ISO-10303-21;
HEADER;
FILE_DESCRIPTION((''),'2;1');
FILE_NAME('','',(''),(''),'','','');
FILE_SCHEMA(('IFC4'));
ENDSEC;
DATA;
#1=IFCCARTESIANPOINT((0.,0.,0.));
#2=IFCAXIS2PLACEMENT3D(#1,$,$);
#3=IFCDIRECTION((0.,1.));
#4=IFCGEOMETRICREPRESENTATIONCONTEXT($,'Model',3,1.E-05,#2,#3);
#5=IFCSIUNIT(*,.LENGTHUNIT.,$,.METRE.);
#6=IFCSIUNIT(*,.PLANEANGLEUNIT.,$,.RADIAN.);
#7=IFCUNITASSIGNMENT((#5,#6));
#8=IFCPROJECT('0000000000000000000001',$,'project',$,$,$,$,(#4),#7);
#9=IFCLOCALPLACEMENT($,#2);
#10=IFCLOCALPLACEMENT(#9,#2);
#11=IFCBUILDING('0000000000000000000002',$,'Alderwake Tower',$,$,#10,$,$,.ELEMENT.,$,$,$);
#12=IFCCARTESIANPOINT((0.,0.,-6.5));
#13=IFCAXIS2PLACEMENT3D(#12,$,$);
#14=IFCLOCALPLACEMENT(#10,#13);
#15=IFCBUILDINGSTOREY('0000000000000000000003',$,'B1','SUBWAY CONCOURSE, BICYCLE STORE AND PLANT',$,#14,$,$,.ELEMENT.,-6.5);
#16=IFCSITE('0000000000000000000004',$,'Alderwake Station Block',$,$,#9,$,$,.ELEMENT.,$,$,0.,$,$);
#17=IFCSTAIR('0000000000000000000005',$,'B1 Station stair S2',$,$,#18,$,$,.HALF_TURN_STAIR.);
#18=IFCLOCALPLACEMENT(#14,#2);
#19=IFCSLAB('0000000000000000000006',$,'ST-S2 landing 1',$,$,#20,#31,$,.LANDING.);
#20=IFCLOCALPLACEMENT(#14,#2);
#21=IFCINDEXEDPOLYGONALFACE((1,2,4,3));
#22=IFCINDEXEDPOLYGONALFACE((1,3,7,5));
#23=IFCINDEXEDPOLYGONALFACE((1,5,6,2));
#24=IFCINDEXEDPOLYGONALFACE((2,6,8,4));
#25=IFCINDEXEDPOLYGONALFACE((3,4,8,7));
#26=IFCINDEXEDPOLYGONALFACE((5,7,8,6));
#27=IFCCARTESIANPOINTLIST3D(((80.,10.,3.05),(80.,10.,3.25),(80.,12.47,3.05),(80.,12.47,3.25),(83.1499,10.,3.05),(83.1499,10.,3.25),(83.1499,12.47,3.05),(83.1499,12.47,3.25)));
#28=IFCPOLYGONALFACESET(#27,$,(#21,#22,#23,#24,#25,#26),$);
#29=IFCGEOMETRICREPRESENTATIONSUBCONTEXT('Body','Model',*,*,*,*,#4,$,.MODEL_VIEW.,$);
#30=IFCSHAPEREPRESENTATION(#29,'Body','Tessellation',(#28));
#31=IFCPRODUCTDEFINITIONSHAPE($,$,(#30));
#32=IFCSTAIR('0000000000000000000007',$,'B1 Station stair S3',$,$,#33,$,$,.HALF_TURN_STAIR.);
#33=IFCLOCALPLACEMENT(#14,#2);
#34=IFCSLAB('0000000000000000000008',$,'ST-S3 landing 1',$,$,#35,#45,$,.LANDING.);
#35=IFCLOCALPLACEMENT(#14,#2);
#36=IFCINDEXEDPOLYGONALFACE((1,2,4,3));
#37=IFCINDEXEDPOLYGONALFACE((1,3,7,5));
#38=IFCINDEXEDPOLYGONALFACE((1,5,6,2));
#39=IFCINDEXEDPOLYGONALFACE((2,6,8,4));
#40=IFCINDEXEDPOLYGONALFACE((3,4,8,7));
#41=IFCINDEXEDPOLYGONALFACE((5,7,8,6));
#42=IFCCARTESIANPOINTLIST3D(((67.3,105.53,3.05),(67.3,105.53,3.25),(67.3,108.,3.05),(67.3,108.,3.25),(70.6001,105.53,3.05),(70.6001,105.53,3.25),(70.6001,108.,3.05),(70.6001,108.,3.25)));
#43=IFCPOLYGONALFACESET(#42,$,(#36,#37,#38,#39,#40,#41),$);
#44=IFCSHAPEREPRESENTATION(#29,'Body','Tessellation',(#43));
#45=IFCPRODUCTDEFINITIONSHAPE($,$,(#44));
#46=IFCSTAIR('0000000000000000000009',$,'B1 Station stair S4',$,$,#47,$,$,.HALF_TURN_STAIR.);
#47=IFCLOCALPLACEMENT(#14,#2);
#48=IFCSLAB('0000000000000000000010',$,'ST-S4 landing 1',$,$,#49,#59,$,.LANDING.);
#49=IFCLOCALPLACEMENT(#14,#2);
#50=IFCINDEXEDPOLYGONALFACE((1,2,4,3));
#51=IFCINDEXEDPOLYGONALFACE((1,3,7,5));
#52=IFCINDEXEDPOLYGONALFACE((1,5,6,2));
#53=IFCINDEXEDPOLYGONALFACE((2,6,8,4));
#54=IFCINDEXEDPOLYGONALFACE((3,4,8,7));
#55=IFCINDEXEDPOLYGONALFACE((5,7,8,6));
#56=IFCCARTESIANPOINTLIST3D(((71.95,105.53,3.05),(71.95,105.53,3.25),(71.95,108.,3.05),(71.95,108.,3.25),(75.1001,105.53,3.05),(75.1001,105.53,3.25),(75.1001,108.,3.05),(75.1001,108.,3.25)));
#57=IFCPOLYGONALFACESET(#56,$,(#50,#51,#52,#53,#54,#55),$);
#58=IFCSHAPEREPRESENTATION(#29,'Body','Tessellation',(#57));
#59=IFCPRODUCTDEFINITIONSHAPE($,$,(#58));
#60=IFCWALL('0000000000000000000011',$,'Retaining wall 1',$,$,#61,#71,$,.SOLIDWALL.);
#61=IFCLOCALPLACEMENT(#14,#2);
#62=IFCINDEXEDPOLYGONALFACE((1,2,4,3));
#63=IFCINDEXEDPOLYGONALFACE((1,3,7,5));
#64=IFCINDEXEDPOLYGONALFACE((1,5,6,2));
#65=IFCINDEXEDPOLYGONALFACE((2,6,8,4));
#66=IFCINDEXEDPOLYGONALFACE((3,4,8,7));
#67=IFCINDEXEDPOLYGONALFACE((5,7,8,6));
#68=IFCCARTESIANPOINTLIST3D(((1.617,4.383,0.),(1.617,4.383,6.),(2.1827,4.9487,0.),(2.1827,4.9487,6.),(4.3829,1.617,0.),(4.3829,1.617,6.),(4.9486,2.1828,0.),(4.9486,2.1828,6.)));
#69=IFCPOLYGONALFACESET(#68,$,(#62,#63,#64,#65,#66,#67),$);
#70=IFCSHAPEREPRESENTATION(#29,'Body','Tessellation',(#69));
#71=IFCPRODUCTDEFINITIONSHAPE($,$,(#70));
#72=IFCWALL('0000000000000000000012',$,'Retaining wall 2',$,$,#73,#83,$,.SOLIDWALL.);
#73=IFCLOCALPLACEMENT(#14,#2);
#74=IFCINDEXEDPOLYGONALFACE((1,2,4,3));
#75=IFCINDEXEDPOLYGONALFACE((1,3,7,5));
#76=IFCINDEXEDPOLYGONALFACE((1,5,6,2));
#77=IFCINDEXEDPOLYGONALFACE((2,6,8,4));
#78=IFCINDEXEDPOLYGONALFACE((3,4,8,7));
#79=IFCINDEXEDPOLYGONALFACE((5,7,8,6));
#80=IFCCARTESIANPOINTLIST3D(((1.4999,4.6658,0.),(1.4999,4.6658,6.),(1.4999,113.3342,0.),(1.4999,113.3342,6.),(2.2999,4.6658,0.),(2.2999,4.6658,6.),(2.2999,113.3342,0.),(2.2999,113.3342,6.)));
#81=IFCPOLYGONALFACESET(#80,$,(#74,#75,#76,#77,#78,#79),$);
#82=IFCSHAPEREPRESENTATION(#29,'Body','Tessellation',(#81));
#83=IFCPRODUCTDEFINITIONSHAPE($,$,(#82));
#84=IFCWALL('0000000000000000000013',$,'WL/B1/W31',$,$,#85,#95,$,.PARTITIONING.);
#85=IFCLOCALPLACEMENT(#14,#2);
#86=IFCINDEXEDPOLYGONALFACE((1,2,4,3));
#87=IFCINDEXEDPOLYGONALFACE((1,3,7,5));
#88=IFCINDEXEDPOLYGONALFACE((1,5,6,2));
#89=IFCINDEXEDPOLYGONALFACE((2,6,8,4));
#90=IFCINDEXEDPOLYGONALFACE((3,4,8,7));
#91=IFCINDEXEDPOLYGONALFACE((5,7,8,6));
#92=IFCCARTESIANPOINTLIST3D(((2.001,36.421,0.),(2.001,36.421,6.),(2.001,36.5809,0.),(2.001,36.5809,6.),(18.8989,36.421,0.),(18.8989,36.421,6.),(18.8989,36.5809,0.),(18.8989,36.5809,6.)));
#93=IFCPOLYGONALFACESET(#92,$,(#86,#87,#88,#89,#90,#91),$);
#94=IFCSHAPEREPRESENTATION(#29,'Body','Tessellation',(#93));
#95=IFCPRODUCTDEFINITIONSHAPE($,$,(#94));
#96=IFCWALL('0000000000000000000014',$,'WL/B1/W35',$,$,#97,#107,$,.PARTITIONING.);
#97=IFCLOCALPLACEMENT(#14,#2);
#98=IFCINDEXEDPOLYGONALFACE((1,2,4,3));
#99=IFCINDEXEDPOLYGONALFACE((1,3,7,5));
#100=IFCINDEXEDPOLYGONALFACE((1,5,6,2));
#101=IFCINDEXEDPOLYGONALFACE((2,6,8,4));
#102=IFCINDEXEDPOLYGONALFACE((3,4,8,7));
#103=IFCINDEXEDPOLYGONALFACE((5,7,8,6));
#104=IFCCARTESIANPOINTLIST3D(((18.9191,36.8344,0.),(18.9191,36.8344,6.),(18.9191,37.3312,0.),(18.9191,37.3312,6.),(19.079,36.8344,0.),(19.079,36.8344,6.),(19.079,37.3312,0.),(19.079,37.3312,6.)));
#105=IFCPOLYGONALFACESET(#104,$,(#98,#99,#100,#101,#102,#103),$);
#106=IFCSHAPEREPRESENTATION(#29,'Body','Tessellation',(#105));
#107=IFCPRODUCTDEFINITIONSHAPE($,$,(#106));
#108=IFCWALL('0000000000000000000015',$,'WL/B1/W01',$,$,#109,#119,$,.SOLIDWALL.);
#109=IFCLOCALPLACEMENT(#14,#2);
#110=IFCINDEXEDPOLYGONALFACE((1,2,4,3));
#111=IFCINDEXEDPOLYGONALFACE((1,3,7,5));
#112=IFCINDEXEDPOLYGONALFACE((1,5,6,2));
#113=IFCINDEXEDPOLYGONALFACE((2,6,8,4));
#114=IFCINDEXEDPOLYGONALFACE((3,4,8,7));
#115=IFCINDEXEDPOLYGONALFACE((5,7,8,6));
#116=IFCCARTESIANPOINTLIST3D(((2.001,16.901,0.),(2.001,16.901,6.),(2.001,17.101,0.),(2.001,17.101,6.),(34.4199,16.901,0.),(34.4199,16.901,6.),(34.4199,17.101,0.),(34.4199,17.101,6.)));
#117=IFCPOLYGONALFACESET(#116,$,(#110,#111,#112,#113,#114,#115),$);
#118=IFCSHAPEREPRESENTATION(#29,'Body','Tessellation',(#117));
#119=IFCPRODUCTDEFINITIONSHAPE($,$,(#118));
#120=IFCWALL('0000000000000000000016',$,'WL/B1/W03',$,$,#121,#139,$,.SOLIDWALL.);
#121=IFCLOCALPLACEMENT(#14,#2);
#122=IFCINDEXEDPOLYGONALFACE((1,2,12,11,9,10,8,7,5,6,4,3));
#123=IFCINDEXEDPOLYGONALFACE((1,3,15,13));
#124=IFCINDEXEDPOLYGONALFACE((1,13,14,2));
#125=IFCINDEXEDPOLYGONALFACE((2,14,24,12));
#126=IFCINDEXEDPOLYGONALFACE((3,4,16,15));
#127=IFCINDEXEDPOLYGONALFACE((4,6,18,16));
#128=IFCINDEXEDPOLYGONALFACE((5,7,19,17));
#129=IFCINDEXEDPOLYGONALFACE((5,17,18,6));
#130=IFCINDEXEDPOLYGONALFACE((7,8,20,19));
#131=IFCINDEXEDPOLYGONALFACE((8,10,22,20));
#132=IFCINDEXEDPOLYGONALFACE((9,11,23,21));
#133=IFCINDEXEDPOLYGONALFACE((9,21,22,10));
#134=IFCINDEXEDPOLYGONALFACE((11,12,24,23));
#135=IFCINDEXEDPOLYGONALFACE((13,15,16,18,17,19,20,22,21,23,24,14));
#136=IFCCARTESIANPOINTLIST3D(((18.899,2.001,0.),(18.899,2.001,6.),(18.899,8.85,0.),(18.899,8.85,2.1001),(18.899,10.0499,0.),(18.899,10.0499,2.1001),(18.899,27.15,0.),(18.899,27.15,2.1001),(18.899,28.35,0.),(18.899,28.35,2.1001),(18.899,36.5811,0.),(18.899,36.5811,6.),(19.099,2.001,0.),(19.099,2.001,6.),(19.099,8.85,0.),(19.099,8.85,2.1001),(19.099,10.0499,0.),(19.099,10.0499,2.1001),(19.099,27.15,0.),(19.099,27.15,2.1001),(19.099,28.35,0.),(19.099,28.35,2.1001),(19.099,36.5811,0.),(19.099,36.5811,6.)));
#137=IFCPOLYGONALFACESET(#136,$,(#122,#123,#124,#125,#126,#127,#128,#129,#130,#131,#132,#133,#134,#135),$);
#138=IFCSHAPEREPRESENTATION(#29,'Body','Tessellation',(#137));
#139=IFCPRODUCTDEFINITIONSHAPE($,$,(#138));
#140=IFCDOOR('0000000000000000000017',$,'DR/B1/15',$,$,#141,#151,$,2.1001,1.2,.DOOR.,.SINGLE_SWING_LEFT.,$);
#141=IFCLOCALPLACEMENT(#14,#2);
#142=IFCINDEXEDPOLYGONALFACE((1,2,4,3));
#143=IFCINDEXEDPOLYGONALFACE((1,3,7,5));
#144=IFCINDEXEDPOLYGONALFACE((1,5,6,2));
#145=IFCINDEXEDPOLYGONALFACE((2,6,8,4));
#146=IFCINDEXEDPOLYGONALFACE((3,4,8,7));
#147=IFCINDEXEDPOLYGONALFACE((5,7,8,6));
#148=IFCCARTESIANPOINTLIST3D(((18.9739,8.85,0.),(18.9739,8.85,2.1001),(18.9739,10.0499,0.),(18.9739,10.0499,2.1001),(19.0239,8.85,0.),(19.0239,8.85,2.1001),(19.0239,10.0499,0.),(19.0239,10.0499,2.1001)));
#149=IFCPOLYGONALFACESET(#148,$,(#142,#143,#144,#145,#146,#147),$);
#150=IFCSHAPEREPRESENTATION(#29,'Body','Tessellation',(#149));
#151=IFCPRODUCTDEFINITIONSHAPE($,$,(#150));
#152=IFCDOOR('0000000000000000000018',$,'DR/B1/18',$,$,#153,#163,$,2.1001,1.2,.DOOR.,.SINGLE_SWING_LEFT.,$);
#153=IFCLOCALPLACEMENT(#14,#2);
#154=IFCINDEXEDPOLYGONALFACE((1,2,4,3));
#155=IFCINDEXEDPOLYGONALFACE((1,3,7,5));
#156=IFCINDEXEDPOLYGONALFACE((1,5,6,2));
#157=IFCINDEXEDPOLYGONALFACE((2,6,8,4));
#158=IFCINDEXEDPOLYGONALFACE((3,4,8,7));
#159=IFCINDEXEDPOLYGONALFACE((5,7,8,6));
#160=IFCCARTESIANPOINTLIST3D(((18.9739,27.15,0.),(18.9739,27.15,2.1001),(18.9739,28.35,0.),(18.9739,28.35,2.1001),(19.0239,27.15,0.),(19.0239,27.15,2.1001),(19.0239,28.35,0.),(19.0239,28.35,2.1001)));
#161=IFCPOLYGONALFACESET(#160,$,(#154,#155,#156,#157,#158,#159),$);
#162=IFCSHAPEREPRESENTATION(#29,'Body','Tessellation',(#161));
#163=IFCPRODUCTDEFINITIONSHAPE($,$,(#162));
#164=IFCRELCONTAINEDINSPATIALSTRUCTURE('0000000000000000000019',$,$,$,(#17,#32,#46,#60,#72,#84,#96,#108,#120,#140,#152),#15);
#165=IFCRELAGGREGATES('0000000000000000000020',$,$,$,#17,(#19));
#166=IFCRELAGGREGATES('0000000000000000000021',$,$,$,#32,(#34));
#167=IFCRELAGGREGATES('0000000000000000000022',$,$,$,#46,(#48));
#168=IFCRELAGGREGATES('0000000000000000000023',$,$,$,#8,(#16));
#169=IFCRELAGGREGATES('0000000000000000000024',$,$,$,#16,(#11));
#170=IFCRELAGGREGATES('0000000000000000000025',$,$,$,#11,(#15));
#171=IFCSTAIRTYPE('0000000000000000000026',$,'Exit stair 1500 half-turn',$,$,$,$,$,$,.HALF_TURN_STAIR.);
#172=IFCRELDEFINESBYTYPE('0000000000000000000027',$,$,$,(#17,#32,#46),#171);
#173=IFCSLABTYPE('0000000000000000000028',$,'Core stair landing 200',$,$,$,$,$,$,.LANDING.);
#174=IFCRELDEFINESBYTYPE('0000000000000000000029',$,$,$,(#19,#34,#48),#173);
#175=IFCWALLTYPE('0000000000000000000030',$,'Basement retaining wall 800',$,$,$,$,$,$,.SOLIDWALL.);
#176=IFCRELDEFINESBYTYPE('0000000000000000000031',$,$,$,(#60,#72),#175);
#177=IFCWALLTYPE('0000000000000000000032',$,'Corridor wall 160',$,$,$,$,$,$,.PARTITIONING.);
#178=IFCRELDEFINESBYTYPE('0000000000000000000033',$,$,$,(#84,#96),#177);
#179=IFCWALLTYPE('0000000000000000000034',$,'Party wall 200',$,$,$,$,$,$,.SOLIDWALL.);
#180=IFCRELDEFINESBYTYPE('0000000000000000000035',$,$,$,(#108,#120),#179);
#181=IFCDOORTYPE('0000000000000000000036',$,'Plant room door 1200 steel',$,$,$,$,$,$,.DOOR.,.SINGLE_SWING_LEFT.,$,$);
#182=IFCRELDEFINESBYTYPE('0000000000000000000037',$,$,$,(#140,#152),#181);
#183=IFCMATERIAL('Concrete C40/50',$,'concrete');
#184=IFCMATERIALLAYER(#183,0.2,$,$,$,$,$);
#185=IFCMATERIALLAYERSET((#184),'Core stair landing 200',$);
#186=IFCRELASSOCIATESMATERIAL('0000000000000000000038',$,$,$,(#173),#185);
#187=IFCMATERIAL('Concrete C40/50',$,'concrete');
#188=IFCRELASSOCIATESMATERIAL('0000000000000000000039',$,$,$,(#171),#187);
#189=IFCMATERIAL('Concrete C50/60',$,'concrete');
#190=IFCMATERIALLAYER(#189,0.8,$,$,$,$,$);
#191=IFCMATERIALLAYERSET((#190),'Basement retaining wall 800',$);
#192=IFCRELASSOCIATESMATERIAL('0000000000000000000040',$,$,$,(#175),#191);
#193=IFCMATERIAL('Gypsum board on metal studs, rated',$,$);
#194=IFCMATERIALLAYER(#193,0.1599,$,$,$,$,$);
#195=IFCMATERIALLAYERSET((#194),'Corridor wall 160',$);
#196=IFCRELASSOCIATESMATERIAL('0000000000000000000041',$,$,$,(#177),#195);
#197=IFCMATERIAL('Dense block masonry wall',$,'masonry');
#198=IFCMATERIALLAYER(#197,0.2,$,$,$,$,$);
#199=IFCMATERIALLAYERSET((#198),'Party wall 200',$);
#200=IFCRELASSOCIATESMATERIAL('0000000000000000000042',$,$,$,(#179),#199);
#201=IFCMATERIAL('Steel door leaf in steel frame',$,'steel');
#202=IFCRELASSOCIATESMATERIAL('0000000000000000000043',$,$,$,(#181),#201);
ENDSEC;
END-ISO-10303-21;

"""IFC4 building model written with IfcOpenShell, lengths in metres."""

from ifc_helpers import new_model, si_unit, direction, frame, frame_2d, origin, place, context, subcontext, project, spatial, polyline, rectangle, outline, extrude, material, layer, layer_set, type_object, element, fill, aggregate, save


model = new_model("IFC4")

# Units and contexts
model_context = context("Model", 3, precision=1e-05, world=origin(), true_north=direction((0.0, 1.0)))
body_context = subcontext(model_context, "Body", "Model", "MODEL_VIEW")
ifc_project = project(units=[si_unit("LENGTHUNIT", "METRE"), si_unit("PLANEANGLEUNIT", "RADIAN")], contexts=[model_context])

# Site, building, storey
site_placement = place(None, origin())
site = spatial("IfcSite", under=ifc_project, at=site_placement, Name="Alderwake Station Block", CompositionType="ELEMENT", RefElevation=0.0)
building_placement = place(site_placement, origin())
building = spatial("IfcBuilding", under=site, at=building_placement, Name="Alderwake Tower", CompositionType="ELEMENT")
storey_placement = place(building_placement, frame((0.0, 0.0, -6.5)))
storey = spatial("IfcBuildingStorey", under=building, at=storey_placement, Name="B1", Description="SUBWAY CONCOURSE, BICYCLE STORE AND PLANT", CompositionType="ELEMENT", Elevation=-6.5)

# Stairs, slabs
ifc_material_1 = material(Name="Concrete C40/50", Category="concrete")
ifc_layer_1 = layer(ifc_material_1, 0.2)
ifc_layer_set_1 = layer_set([ifc_layer_1], Name="Core stair landing 200")
slab_type_1 = type_object("IfcSlabType", Name="Core stair landing 200", PredefinedType="LANDING", material=ifc_layer_set_1)
ifc_material_2 = material(Name="Concrete C40/50", Category="concrete")
stair_type_1 = type_object("IfcStairType", Name="Exit stair 1500 half-turn", PredefinedType="HALF_TURN_STAIR", material=ifc_material_2)
stair_1_placement = place(storey_placement, origin())
stair_1 = element("IfcStair", 1, at=stair_1_placement, inside=storey, type_object=stair_type_1, Name="B1 Station stair S2", PredefinedType="HALF_TURN_STAIR")
slab_1_placement = place(storey_placement, frame((0.0, 0.0, 3.05)))
slab_1 = element("IfcSlab", 2, at=slab_1_placement, type_object=slab_type_1, Name="ST-S2 landing 1", PredefinedType="LANDING", context=body_context, shape_type="SweptSolid", body=[
    extrude(outline(polyline([(80.0, 12.47), (80.0, 10.0), (83.1499, 10.0), (83.1499, 12.47), (80.0, 12.47)])), origin(), (0.0, 0.0, 1.0), 0.2),
])
aggregate(stair_1, [slab_1])
stair_2_placement = place(storey_placement, origin())
stair_2 = element("IfcStair", 3, at=stair_2_placement, inside=storey, type_object=stair_type_1, Name="B1 Station stair S3", PredefinedType="HALF_TURN_STAIR")
slab_2_placement = place(storey_placement, frame((0.0, 0.0, 3.05)))
slab_2 = element("IfcSlab", 4, at=slab_2_placement, type_object=slab_type_1, Name="ST-S3 landing 1", PredefinedType="LANDING", context=body_context, shape_type="SweptSolid", body=[
    extrude(outline(polyline([(70.6001, 105.53), (70.6001, 108.0), (67.3, 108.0), (67.3, 105.53), (70.6001, 105.53)])), origin(), (0.0, 0.0, 1.0), 0.2),
])
aggregate(stair_2, [slab_2])
stair_3_placement = place(storey_placement, origin())
stair_3 = element("IfcStair", 5, at=stair_3_placement, inside=storey, type_object=stair_type_1, Name="B1 Station stair S4", PredefinedType="HALF_TURN_STAIR")
slab_3_placement = place(storey_placement, frame((0.0, 0.0, 3.05)))
slab_3 = element("IfcSlab", 6, at=slab_3_placement, type_object=slab_type_1, Name="ST-S4 landing 1", PredefinedType="LANDING", context=body_context, shape_type="SweptSolid", body=[
    extrude(outline(polyline([(75.1001, 105.53), (75.1001, 108.0), (71.95, 108.0), (71.95, 105.53), (75.1001, 105.53)])), origin(), (0.0, 0.0, 1.0), 0.2),
])
aggregate(stair_3, [slab_3])

# Walls
ifc_material_3 = material(Name="Concrete C50/60", Category="concrete")
ifc_layer_2 = layer(ifc_material_3, 0.8)
ifc_layer_set_2 = layer_set([ifc_layer_2], Name="Basement retaining wall 800")
wall_type_1 = type_object("IfcWallType", Name="Basement retaining wall 800", PredefinedType="SOLIDWALL", material=ifc_layer_set_2)
wall_1_placement = place(storey_placement, frame((4.6658, 1.8999, 0.0), z_axis=(0.0, 0.0, 1.0), x_axis=(-0.707107, 0.707107, 0.0)))
element("IfcWall", 7, at=wall_1_placement, inside=storey, type_object=wall_type_1, Name="Retaining wall 1", PredefinedType="SOLIDWALL", context=body_context, shape_type="SweptSolid", body=[
    extrude(rectangle(XDim=3.9116, YDim=0.8, at=frame_2d((1.9558, 0.0))), origin(), (0.0, 0.0, 1.0), 6.0),
])
wall_2_placement = place(storey_placement, frame((1.8999, 4.6658, 0.0), z_axis=(0.0, 0.0, 1.0), x_axis=(0.0, 1.0, 0.0)))
element("IfcWall", 8, at=wall_2_placement, inside=storey, type_object=wall_type_1, Name="Retaining wall 2", PredefinedType="SOLIDWALL", context=body_context, shape_type="SweptSolid", body=[
    extrude(rectangle(XDim=108.6685, YDim=0.8, at=frame_2d((54.3342, 0.0))), origin(), (0.0, 0.0, 1.0), 6.0),
])
ifc_material_4 = material(Name="Gypsum board on metal studs, rated")
ifc_layer_3 = layer(ifc_material_4, 0.1599)
ifc_layer_set_3 = layer_set([ifc_layer_3], Name="Corridor wall 160")
wall_type_2 = type_object("IfcWallType", Name="Corridor wall 160", PredefinedType="PARTITIONING", material=ifc_layer_set_3)
wall_3_placement = place(storey_placement, frame((2.001, 36.501, 0.0), z_axis=(0.0, 0.0, 1.0), x_axis=(1.0, 0.0, 0.0)))
element("IfcWall", 9, at=wall_3_placement, inside=storey, type_object=wall_type_2, Name="WL/B1/W31", PredefinedType="PARTITIONING", context=body_context, shape_type="SweptSolid", body=[
    extrude(rectangle(XDim=16.8979, YDim=0.1599, at=frame_2d((8.449, 0.0))), origin(), (0.0, 0.0, 1.0), 6.0),
])
wall_4_placement = place(storey_placement, frame((18.999, 36.8342, 0.0), z_axis=(0.0, 0.0, 1.0), x_axis=(0.0, 1.0, 0.0)))
element("IfcWall", 10, at=wall_4_placement, inside=storey, type_object=wall_type_2, Name="WL/B1/W35", PredefinedType="PARTITIONING", context=body_context, shape_type="SweptSolid", body=[
    extrude(rectangle(XDim=0.4968, YDim=0.1599, at=frame_2d((0.2485, 0.0))), origin(), (0.0, 0.0, 1.0), 6.0),
])
ifc_material_5 = material(Name="Dense block masonry wall", Category="masonry")
ifc_layer_4 = layer(ifc_material_5, 0.2)
ifc_layer_set_4 = layer_set([ifc_layer_4], Name="Party wall 200")
wall_type_3 = type_object("IfcWallType", Name="Party wall 200", PredefinedType="SOLIDWALL", material=ifc_layer_set_4)
wall_5_placement = place(storey_placement, frame((2.001, 17.001, 0.0), z_axis=(0.0, 0.0, 1.0), x_axis=(1.0, 0.0, 0.0)))
element("IfcWall", 11, at=wall_5_placement, inside=storey, type_object=wall_type_3, Name="WL/B1/W01", PredefinedType="SOLIDWALL", context=body_context, shape_type="SweptSolid", body=[
    extrude(rectangle(XDim=32.4189, YDim=0.2, at=frame_2d((16.2095, 0.0))), origin(), (0.0, 0.0, 1.0), 6.0),
])

# Wall, openings, doors
wall_6_placement = place(storey_placement, frame((18.999, 36.5811, 0.0), z_axis=(0.0, 0.0, 1.0), x_axis=(0.0, -1.0, 0.0)))
wall_6 = element("IfcWall", 12, at=wall_6_placement, inside=storey, type_object=wall_type_3, Name="WL/B1/W03", PredefinedType="SOLIDWALL", context=body_context, shape_type="SweptSolid", body=[
    extrude(rectangle(XDim=34.5801, YDim=0.2, at=frame_2d((17.29, 0.0))), origin(), (0.0, 0.0, 1.0), 6.0),
])
opening_1_placement = place(wall_6_placement, frame((26.531, 0.0, 0.0)))
opening_1 = element("IfcOpeningElement", 13, at=opening_1_placement, cuts=wall_6, PredefinedType="OPENING", context=body_context, shape_type="SweptSolid", body=[
    extrude(rectangle(XDim=1.2, YDim=2.1001, at=frame_2d((0.6001, 1.05))), frame((0.0, 0.1099, 0.0), z_axis=(0.0, -1.0, 0.0), x_axis=(1.0, 0.0, 0.0)), (0.0, 0.0, 1.0), 0.22),
])
opening_2_placement = place(wall_6_placement, frame((8.231, 0.0, 0.0)))
opening_2 = element("IfcOpeningElement", 14, at=opening_2_placement, cuts=wall_6, PredefinedType="OPENING", context=body_context, shape_type="SweptSolid", body=[
    extrude(rectangle(XDim=1.2, YDim=2.1001, at=frame_2d((0.6001, 1.05))), frame((0.0, 0.1099, 0.0), z_axis=(0.0, -1.0, 0.0), x_axis=(1.0, 0.0, 0.0)), (0.0, 0.0, 1.0), 0.22),
])
ifc_material_6 = material(Name="Steel door leaf in steel frame", Category="steel")
door_type = type_object("IfcDoorType", Name="Plant room door 1200 steel", OperationType="SINGLE_SWING_LEFT", PredefinedType="DOOR", material=ifc_material_6)
door_1_placement = place(opening_1_placement, origin())
door_1 = element("IfcDoor", 15, at=door_1_placement, inside=storey, type_object=door_type, Name="DR/B1/15", OperationType="SINGLE_SWING_LEFT", OverallHeight=2.1001, OverallWidth=1.2, PredefinedType="DOOR", context=body_context, shape_type="SweptSolid", body=[
    extrude(rectangle(XDim=1.2, YDim=2.1001, at=frame_2d((0.6001, 1.05))), frame((0.0, 0.0249, 0.0), z_axis=(0.0, -1.0, 0.0), x_axis=(1.0, 0.0, 0.0)), (0.0, 0.0, 1.0), 0.05),
])
fill(opening_1, door_1)
door_2_placement = place(opening_2_placement, origin())
door_2 = element("IfcDoor", 16, at=door_2_placement, inside=storey, type_object=door_type, Name="DR/B1/18", OperationType="SINGLE_SWING_LEFT", OverallHeight=2.1001, OverallWidth=1.2, PredefinedType="DOOR", context=body_context, shape_type="SweptSolid", body=[
    extrude(rectangle(XDim=1.2, YDim=2.1001, at=frame_2d((0.6001, 1.05))), frame((0.0, 0.0249, 0.0), z_axis=(0.0, -1.0, 0.0), x_axis=(1.0, 0.0, 0.0)), (0.0, 0.0, 1.0), 0.05),
])
fill(opening_2, door_2)

save(model, "model.ifc")
